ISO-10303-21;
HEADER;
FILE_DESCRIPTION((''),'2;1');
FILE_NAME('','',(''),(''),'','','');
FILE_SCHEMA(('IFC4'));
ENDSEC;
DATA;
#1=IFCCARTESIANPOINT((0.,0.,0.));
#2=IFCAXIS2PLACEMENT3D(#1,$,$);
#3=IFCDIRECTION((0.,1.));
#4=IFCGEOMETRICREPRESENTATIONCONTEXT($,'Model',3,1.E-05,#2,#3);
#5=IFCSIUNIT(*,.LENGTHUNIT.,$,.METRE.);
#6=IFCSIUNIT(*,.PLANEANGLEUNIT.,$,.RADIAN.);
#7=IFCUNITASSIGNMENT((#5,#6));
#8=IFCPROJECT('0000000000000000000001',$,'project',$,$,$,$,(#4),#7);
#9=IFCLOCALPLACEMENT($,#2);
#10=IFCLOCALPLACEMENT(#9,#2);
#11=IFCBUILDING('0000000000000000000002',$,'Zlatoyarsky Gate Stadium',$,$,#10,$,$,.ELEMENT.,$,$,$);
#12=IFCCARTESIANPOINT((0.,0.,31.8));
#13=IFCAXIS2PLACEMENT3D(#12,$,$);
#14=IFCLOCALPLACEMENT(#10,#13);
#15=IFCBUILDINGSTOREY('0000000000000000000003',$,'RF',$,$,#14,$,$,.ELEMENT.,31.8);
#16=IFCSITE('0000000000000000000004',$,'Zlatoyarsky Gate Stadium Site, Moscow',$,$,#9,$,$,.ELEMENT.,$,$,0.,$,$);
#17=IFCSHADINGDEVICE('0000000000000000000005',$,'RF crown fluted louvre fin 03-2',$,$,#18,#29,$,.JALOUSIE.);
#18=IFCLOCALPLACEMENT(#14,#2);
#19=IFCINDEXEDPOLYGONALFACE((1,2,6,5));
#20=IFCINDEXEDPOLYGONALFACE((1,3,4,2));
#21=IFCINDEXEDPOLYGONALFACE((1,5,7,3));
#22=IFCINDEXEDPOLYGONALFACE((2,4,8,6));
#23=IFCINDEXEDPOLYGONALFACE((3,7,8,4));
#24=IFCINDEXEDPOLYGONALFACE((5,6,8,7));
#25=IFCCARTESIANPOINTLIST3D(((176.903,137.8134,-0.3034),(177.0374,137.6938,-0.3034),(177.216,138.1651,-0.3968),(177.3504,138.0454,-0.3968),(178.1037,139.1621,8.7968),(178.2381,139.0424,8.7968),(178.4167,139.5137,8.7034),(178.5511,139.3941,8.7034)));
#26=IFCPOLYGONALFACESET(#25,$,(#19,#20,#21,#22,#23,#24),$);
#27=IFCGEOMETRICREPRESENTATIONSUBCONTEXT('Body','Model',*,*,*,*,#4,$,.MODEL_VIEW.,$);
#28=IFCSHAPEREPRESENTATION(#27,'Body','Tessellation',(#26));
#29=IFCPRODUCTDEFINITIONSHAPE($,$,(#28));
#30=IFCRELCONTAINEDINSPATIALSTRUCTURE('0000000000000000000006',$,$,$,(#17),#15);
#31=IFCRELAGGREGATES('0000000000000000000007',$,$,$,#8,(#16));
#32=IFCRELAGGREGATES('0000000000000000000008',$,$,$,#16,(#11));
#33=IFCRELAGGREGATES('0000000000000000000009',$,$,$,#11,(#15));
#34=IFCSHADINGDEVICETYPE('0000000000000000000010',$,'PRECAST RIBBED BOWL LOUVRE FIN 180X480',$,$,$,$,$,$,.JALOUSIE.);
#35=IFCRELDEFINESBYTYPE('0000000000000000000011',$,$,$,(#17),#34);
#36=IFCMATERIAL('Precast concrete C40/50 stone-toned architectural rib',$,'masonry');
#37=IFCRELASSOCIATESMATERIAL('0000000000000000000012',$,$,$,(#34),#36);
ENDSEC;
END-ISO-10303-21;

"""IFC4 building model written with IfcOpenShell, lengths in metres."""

from ifc_helpers import new_model, si_unit, direction, frame, origin, origin_2d, place, context, subcontext, project, spatial, rectangle, extrude, material, material_profile, profile_set, type_object, element, save


model = new_model("IFC4")

# Units and contexts
model_context = context("Model", 3, precision=1e-05, world=origin(), true_north=direction((0.0, 1.0)))
body_context = subcontext(model_context, "Body", "Model", "MODEL_VIEW")
ifc_project = project(units=[si_unit("LENGTHUNIT", "METRE"), si_unit("PLANEANGLEUNIT", "RADIAN")], contexts=[model_context])

# Site, building, storey
site_placement = place(None, origin())
site = spatial("IfcSite", under=ifc_project, at=site_placement, Name="Zlatoyarsky Gate Stadium Site, Moscow", CompositionType="ELEMENT", RefElevation=0.0)
building_placement = place(site_placement, origin())
building = spatial("IfcBuilding", under=site, at=building_placement, Name="Zlatoyarsky Gate Stadium", CompositionType="ELEMENT")
storey_placement = place(building_placement, frame((0.0, 0.0, 31.8)))
storey = spatial("IfcBuildingStorey", under=building, at=storey_placement, Name="RF", CompositionType="ELEMENT", Elevation=31.8)

# Shading device
ifc_material_1 = material(Name="Precast concrete C40/50 stone-toned architectural rib", Category="masonry")
ifc_material_profile_1 = material_profile(ifc_material_1, rectangle(XDim=0.1799, YDim=0.48, at=origin_2d()), Name="RIB 180X480")
ifc_profile_set_1 = profile_set([ifc_material_profile_1], Name="Precast concrete C40/50 stone-toned architectural rib")
shading_device_type = type_object("IfcShadingDeviceType", Name="PRECAST RIBBED BOWL LOUVRE FIN 180X480", PredefinedType="JALOUSIE", material=ifc_profile_set_1)
shading_device_1_placement = place(storey_placement, frame((177.1267, 137.9294, -0.3501), z_axis=(0.129419, 0.145366, 0.980877), x_axis=(-0.746887, 0.664951, 0.0)))
element("IfcShadingDevice", 1, at=shading_device_1_placement, inside=storey, type_object=shading_device_type, Name="RF crown fluted louvre fin 03-2", PredefinedType="JALOUSIE", context=body_context, shape_type="SweptSolid", body=[
    extrude(rectangle(XDim=0.1799, YDim=0.48, at=origin_2d()), origin(), (0.0, 0.0, 1.0), 9.2776),
])

save(model, "model.ifc")
